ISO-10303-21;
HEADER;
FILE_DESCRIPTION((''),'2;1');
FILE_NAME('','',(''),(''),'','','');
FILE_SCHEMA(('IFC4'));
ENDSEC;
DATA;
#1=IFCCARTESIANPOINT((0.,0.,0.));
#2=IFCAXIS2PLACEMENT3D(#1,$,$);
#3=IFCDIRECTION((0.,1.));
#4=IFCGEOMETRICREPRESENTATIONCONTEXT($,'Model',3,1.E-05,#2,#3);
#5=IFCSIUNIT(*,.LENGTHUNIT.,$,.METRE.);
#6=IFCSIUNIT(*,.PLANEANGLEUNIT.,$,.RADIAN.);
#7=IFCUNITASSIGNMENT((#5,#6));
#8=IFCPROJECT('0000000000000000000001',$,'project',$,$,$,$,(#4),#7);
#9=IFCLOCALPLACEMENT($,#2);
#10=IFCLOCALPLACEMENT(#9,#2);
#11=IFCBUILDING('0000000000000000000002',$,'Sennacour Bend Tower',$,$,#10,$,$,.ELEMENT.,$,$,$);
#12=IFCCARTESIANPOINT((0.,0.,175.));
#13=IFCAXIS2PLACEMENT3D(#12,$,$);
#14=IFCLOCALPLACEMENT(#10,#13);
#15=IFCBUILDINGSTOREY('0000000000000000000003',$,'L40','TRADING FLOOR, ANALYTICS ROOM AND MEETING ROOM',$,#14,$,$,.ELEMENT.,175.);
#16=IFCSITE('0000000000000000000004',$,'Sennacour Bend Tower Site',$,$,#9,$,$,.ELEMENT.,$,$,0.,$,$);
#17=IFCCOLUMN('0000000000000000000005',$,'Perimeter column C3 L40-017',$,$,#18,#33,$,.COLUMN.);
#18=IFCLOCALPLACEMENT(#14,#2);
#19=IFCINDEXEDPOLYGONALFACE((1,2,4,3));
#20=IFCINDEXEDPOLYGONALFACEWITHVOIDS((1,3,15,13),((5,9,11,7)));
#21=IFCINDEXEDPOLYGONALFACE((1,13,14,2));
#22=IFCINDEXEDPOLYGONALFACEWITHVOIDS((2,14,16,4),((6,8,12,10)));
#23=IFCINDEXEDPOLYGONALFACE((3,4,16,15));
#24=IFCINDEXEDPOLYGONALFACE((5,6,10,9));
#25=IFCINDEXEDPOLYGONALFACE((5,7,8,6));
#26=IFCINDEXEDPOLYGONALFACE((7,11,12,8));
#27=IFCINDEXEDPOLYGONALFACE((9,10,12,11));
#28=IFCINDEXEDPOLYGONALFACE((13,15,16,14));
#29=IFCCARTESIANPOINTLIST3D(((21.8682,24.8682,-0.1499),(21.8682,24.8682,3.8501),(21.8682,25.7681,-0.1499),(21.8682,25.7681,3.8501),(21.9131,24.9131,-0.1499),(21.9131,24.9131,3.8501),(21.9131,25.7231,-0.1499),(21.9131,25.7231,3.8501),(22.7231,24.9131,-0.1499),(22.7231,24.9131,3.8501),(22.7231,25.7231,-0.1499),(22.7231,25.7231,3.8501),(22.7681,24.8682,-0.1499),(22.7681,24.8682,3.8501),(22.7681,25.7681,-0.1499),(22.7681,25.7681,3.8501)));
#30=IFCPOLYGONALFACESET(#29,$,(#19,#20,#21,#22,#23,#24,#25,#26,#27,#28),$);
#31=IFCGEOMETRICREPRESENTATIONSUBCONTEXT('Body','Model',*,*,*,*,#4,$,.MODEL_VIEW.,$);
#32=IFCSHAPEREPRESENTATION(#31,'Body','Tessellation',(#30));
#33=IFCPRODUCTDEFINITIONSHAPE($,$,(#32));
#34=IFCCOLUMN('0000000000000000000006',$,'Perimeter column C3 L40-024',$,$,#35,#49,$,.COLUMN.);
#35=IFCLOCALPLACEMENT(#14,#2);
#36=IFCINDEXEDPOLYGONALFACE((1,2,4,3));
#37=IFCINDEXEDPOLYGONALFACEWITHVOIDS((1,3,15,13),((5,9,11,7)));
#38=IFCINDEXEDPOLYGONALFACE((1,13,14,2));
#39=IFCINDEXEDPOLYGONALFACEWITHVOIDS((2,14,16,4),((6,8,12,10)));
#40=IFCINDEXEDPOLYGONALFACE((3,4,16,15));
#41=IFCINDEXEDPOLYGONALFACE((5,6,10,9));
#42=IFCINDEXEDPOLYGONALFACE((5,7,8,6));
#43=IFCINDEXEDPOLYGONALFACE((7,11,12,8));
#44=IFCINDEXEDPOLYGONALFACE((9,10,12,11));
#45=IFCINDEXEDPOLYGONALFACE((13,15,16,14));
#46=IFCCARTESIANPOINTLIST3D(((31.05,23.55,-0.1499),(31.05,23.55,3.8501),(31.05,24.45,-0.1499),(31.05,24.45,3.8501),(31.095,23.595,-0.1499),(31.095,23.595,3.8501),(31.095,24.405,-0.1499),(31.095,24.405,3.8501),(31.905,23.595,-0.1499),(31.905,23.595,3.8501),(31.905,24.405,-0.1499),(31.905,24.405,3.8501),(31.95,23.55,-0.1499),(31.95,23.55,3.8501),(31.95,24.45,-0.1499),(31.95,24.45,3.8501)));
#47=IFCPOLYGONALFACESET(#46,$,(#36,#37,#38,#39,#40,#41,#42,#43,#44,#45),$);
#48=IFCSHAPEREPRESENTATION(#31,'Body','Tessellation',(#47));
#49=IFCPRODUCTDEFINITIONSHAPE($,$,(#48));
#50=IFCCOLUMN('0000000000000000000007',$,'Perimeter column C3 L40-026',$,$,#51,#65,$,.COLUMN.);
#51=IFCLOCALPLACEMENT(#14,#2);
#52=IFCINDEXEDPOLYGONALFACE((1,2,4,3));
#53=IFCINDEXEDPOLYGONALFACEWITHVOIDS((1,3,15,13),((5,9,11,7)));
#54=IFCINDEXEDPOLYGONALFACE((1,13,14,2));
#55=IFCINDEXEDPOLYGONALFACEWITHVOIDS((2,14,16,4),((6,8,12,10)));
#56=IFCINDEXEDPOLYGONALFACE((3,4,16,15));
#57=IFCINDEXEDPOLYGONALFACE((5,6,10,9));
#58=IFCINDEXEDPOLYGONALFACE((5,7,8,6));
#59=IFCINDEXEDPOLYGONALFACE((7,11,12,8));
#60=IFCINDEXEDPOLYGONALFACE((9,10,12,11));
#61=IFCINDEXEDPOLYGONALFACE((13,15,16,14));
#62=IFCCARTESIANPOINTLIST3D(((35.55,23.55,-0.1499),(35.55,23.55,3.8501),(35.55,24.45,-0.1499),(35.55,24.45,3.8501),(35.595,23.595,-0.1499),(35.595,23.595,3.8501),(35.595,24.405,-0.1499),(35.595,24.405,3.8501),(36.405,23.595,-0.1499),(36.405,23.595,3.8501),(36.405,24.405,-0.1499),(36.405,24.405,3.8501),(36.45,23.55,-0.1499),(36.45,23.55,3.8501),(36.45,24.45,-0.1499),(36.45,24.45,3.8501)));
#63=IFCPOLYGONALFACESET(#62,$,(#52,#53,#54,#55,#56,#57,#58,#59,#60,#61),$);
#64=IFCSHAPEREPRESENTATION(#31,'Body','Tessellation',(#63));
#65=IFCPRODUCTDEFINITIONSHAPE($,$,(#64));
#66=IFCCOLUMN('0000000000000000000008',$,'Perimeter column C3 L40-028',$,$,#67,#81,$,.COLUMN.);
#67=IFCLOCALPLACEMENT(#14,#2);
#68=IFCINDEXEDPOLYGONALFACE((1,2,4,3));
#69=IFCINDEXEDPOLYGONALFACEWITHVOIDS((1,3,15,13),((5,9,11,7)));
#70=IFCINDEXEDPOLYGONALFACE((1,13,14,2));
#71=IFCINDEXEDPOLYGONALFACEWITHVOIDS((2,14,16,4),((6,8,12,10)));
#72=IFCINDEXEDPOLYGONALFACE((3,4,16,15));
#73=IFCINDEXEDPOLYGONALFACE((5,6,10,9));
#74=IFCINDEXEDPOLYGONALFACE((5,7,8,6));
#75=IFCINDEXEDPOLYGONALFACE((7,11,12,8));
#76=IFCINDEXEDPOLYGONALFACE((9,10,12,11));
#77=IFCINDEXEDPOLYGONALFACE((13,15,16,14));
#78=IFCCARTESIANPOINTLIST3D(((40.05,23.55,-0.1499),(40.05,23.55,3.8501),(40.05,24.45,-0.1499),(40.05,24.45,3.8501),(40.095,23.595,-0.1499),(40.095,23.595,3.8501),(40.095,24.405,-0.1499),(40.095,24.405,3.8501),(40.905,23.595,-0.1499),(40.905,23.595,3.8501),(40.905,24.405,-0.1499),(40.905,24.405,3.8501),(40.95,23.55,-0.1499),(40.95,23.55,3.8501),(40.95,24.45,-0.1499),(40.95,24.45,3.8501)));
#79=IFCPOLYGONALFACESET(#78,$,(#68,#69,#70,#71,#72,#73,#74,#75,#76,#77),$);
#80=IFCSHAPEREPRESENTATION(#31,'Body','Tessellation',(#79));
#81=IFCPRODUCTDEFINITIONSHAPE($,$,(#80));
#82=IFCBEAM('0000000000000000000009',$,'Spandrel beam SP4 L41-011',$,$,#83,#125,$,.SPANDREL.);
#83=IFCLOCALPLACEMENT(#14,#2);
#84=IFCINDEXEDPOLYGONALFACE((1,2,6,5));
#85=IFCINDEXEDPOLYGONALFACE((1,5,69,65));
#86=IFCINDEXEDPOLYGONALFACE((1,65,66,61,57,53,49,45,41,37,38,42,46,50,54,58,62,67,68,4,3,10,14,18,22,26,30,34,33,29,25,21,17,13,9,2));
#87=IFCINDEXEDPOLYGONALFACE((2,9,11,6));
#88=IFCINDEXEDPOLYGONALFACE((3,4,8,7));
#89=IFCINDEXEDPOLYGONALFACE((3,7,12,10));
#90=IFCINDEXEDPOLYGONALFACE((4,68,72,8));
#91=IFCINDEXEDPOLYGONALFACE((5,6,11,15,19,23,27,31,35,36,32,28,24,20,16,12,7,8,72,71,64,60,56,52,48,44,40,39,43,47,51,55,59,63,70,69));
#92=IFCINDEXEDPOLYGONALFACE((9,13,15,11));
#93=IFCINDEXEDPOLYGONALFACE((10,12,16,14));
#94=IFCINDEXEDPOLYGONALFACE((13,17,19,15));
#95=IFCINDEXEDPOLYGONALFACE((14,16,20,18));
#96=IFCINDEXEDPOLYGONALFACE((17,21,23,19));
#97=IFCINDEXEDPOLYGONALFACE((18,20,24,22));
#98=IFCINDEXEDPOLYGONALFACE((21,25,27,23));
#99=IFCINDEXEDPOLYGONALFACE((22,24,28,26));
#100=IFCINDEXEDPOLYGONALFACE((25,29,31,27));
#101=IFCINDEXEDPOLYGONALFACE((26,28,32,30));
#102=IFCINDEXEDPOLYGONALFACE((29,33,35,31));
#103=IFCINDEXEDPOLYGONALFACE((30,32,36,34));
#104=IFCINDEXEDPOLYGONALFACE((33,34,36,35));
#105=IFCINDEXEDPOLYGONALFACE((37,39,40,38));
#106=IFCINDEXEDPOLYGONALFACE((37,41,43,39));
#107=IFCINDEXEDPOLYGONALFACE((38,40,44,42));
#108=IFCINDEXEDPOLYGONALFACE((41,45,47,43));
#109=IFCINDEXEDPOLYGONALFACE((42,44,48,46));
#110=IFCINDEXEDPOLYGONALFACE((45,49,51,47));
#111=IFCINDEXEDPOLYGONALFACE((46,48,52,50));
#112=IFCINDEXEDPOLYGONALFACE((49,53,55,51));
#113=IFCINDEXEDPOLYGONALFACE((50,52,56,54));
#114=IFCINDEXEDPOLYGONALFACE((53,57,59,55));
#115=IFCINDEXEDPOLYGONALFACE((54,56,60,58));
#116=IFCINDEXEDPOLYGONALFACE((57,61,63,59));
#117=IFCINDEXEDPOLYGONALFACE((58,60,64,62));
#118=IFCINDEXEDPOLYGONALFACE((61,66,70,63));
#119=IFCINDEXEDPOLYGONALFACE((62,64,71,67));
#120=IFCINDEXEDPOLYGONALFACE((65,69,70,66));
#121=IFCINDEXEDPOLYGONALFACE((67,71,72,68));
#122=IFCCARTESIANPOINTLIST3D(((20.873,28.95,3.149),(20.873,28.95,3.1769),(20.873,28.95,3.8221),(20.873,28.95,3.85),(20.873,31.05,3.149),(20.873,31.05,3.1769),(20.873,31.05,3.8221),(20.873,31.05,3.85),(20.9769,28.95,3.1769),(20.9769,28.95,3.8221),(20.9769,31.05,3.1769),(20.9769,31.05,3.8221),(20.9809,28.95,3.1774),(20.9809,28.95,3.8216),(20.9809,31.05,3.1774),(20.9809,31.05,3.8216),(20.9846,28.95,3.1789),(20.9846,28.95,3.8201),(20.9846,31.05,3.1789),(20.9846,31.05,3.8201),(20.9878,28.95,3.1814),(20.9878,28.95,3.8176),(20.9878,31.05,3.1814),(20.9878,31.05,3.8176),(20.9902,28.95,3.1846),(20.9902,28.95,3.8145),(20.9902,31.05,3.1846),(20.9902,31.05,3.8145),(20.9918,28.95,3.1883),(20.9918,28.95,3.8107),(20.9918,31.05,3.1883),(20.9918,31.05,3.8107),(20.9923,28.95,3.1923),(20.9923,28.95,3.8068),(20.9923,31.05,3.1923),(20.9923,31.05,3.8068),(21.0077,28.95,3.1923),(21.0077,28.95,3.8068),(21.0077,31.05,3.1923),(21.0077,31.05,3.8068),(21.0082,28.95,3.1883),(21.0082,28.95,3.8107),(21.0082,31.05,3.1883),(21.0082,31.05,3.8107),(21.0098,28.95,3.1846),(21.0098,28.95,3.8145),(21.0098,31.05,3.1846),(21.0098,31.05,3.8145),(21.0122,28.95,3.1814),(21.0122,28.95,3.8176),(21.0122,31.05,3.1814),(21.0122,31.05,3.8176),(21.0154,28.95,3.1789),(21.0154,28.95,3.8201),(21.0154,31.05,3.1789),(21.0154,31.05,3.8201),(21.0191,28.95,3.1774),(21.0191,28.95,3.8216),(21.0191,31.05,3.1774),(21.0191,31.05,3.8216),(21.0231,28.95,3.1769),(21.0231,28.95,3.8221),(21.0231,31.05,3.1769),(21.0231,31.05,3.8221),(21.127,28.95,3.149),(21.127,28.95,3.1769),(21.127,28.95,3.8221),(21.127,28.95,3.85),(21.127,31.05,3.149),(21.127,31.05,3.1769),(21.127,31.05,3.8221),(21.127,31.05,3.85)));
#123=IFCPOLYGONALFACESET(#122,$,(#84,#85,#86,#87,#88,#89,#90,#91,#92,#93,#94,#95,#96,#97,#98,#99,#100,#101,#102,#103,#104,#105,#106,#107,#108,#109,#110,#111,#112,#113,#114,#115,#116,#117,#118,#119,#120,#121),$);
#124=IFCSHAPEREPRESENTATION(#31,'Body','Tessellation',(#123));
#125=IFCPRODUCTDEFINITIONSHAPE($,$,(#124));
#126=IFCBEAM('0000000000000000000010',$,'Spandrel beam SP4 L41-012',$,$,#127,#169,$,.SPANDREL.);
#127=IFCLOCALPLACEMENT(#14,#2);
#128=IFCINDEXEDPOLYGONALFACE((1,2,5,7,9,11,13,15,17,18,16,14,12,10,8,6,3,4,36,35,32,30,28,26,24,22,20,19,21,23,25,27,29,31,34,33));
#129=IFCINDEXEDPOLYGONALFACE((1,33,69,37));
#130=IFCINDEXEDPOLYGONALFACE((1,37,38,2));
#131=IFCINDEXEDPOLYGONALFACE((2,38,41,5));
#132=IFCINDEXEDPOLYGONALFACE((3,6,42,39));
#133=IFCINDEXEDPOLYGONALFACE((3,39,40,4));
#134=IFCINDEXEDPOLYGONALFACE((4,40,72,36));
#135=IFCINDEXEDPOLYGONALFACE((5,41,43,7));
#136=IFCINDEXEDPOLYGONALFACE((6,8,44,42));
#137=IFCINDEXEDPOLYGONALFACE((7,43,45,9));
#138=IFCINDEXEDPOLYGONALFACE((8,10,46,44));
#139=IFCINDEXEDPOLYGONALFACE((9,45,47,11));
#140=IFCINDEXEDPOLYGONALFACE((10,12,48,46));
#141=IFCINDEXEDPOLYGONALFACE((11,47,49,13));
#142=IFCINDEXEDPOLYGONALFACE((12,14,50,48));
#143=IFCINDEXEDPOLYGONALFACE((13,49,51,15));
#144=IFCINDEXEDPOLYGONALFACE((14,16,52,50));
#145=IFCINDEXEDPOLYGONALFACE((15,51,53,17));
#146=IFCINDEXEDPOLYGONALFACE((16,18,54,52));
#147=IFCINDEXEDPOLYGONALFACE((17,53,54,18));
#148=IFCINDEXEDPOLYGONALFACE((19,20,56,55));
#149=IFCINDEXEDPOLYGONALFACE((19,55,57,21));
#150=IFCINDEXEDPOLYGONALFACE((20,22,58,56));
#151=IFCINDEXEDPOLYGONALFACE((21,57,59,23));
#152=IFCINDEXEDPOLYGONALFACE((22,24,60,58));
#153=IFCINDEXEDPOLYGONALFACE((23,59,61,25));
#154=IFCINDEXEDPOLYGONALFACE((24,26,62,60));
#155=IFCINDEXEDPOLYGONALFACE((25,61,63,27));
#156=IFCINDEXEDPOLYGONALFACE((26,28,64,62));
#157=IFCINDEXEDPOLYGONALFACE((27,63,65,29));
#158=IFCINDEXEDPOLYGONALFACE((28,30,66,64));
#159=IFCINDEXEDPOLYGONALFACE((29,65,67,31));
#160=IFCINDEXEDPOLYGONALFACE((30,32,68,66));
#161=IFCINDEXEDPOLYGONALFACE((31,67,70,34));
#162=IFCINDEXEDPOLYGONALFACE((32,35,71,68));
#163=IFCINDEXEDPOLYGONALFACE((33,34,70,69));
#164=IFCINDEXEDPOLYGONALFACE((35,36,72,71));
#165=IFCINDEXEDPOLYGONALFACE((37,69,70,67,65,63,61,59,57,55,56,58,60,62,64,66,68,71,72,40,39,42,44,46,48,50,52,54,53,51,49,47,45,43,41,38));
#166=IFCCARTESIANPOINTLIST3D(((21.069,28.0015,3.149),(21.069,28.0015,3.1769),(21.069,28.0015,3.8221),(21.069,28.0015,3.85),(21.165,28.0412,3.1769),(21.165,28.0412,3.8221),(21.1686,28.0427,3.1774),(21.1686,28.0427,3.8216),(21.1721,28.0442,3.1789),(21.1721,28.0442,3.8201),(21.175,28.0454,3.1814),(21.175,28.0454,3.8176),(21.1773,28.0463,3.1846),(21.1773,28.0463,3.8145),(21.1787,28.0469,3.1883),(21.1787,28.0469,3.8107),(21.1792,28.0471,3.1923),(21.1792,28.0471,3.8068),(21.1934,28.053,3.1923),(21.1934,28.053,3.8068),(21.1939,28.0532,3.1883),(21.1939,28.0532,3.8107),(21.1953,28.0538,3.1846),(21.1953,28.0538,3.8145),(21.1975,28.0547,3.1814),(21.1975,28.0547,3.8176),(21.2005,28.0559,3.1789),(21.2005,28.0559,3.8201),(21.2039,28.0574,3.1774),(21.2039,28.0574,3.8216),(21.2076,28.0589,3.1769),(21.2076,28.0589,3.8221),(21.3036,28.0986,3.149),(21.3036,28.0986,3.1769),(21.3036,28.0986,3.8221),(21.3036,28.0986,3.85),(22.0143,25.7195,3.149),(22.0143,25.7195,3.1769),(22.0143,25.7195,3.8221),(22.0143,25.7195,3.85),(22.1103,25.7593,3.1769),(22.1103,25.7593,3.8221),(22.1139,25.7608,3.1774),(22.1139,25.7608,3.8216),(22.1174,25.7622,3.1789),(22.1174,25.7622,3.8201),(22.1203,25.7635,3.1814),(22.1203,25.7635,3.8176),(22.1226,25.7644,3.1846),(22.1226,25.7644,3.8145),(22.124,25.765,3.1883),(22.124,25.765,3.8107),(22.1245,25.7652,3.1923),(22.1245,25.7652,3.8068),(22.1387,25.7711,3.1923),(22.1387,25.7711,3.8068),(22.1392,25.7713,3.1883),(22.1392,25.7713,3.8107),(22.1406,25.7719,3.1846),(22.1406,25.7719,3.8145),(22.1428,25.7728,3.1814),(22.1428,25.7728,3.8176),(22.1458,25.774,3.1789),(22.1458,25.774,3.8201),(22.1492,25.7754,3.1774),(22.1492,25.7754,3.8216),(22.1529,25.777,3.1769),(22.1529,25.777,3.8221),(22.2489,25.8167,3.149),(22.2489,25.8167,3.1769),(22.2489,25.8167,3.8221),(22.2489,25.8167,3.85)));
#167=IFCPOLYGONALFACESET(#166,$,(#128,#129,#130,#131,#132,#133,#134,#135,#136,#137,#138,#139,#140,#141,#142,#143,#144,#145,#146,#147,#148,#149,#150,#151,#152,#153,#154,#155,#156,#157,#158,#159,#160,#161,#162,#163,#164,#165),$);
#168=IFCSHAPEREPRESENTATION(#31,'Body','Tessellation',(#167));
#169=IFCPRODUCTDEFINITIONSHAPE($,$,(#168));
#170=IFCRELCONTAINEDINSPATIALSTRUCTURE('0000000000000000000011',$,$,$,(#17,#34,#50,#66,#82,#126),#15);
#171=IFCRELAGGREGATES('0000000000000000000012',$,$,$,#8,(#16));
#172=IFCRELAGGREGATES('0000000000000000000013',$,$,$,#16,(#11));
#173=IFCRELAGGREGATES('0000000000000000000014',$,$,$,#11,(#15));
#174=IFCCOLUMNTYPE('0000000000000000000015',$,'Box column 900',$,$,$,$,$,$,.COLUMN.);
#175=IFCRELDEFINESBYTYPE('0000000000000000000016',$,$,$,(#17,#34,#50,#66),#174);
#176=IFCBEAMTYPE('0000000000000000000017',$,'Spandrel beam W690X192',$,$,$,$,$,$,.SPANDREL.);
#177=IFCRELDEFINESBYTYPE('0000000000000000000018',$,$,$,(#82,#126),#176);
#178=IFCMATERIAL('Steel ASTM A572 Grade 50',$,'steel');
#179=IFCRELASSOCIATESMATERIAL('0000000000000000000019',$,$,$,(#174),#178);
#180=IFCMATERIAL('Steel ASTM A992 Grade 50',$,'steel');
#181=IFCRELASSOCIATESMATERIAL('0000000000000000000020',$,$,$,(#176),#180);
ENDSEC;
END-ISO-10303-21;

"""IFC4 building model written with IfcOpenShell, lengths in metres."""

from ifc_helpers import new_model, si_unit, direction, frame, origin, origin_2d, place, context, subcontext, project, spatial, hollow_rectangle, i_section, extrude, material, material_profile, profile_set, type_object, element, save


model = new_model("IFC4")

# Units and contexts
model_context = context("Model", 3, precision=1e-05, world=origin(), true_north=direction((0.0, 1.0)))
body_context = subcontext(model_context, "Body", "Model", "MODEL_VIEW")
ifc_project = project(units=[si_unit("LENGTHUNIT", "METRE"), si_unit("PLANEANGLEUNIT", "RADIAN")], contexts=[model_context])

# Site, building, storey
site_placement = place(None, origin())
site = spatial("IfcSite", under=ifc_project, at=site_placement, Name="Sennacour Bend Tower Site", CompositionType="ELEMENT", RefElevation=0.0)
building_placement = place(site_placement, origin())
building = spatial("IfcBuilding", under=site, at=building_placement, Name="Sennacour Bend Tower", CompositionType="ELEMENT")
storey_placement = place(building_placement, frame((0.0, 0.0, 175.0)))
storey = spatial("IfcBuildingStorey", under=building, at=storey_placement, Name="L40", Description="TRADING FLOOR, ANALYTICS ROOM AND MEETING ROOM", CompositionType="ELEMENT", Elevation=175.0)

# Columns
ifc_material_1 = material(Name="Steel ASTM A572 Grade 50", Category="steel")
ifc_material_profile_1 = material_profile(ifc_material_1, hollow_rectangle(XDim=0.8999, YDim=0.8999, WallThickness=0.0449, at=origin_2d()), Name="Steel ASTM A572 Grade 50", Category="steel")
ifc_profile_set_1 = profile_set([ifc_material_profile_1], Name="Steel ASTM A572 Grade 50")
column_type = type_object("IfcColumnType", Name="Box column 900", PredefinedType="COLUMN", material=ifc_profile_set_1)
for number, where, z_axis, x_axis, name in (
    (1, (22.3181, 25.3181, -0.1499), (0.0, 0.0, 1.0), (1.0, 0.0, 0.0), "Perimeter column C3 L40-017"),
    (2, (31.5, 24.0, -0.1499), (0.0, 0.0, 1.0), (1.0, 0.0, 0.0), "Perimeter column C3 L40-024"),
    (3, (36.0, 24.0, -0.1499), (0.0, 0.0, 1.0), (1.0, 0.0, 0.0), "Perimeter column C3 L40-026"),
    (4, (40.5, 24.0, -0.1499), (0.0, 0.0, 1.0), (1.0, 0.0, 0.0), "Perimeter column C3 L40-028"),
):
    element("IfcColumn", number, at=place(storey_placement, frame(where, z_axis=z_axis, x_axis=x_axis)), inside=storey, type_object=column_type, Name=name, PredefinedType="COLUMN", context=body_context, shape_type="SweptSolid", body=[
        extrude(hollow_rectangle(XDim=0.8999, YDim=0.8999, WallThickness=0.0449, at=origin_2d()), origin(), (0.0, 0.0, 1.0), 4.0),
    ])

# Beams
ifc_material_2 = material(Name="Steel ASTM A992 Grade 50", Category="steel")
ifc_material_profile_2 = material_profile(ifc_material_2, i_section(OverallWidth=0.2539, OverallDepth=0.7009, WebThickness=0.0154, FlangeThickness=0.0278, FilletRadius=0.0154, at=origin_2d()), Name="Steel ASTM A992 Grade 50", Category="steel")
ifc_profile_set_2 = profile_set([ifc_material_profile_2], Name="Steel ASTM A992 Grade 50")
beam_type = type_object("IfcBeamType", Name="Spandrel beam W690X192", PredefinedType="SPANDREL", material=ifc_profile_set_2)
beam_placement = place(storey_placement, frame((21.0, 31.05, 3.4995), z_axis=(0.0, -1.0, 0.0), x_axis=(1.0, 0.0, 0.0)))
element("IfcBeam", 5, at=beam_placement, inside=storey, type_object=beam_type, Name="Spandrel beam SP4 L41-011", PredefinedType="SPANDREL", context=body_context, shape_type="SweptSolid", body=[
    extrude(i_section(OverallWidth=0.2539, OverallDepth=0.7009, WebThickness=0.0154, FlangeThickness=0.0278, FilletRadius=0.0154, at=origin_2d()), origin(), (0.0, 0.0, 1.0), 2.1001),
])
for number, where, z_axis, x_axis, name in (
    (6, (21.1863, 28.05, 3.4995), (0.382713, -0.923867, 0.0), (0.923867, 0.382713, 0.0), "Spandrel beam SP4 L41-012"),
):
    element("IfcBeam", number, at=place(storey_placement, frame(where, z_axis=z_axis, x_axis=x_axis)), inside=storey, type_object=beam_type, Name=name, PredefinedType="SPANDREL", context=body_context, shape_type="SweptSolid", body=[
        extrude(i_section(OverallWidth=0.2539, OverallDepth=0.7009, WebThickness=0.0154, FlangeThickness=0.0278, FilletRadius=0.0154, at=origin_2d()), origin(), (0.0, 0.0, 1.0), 2.47),
    ])

save(model, "model.ifc")
